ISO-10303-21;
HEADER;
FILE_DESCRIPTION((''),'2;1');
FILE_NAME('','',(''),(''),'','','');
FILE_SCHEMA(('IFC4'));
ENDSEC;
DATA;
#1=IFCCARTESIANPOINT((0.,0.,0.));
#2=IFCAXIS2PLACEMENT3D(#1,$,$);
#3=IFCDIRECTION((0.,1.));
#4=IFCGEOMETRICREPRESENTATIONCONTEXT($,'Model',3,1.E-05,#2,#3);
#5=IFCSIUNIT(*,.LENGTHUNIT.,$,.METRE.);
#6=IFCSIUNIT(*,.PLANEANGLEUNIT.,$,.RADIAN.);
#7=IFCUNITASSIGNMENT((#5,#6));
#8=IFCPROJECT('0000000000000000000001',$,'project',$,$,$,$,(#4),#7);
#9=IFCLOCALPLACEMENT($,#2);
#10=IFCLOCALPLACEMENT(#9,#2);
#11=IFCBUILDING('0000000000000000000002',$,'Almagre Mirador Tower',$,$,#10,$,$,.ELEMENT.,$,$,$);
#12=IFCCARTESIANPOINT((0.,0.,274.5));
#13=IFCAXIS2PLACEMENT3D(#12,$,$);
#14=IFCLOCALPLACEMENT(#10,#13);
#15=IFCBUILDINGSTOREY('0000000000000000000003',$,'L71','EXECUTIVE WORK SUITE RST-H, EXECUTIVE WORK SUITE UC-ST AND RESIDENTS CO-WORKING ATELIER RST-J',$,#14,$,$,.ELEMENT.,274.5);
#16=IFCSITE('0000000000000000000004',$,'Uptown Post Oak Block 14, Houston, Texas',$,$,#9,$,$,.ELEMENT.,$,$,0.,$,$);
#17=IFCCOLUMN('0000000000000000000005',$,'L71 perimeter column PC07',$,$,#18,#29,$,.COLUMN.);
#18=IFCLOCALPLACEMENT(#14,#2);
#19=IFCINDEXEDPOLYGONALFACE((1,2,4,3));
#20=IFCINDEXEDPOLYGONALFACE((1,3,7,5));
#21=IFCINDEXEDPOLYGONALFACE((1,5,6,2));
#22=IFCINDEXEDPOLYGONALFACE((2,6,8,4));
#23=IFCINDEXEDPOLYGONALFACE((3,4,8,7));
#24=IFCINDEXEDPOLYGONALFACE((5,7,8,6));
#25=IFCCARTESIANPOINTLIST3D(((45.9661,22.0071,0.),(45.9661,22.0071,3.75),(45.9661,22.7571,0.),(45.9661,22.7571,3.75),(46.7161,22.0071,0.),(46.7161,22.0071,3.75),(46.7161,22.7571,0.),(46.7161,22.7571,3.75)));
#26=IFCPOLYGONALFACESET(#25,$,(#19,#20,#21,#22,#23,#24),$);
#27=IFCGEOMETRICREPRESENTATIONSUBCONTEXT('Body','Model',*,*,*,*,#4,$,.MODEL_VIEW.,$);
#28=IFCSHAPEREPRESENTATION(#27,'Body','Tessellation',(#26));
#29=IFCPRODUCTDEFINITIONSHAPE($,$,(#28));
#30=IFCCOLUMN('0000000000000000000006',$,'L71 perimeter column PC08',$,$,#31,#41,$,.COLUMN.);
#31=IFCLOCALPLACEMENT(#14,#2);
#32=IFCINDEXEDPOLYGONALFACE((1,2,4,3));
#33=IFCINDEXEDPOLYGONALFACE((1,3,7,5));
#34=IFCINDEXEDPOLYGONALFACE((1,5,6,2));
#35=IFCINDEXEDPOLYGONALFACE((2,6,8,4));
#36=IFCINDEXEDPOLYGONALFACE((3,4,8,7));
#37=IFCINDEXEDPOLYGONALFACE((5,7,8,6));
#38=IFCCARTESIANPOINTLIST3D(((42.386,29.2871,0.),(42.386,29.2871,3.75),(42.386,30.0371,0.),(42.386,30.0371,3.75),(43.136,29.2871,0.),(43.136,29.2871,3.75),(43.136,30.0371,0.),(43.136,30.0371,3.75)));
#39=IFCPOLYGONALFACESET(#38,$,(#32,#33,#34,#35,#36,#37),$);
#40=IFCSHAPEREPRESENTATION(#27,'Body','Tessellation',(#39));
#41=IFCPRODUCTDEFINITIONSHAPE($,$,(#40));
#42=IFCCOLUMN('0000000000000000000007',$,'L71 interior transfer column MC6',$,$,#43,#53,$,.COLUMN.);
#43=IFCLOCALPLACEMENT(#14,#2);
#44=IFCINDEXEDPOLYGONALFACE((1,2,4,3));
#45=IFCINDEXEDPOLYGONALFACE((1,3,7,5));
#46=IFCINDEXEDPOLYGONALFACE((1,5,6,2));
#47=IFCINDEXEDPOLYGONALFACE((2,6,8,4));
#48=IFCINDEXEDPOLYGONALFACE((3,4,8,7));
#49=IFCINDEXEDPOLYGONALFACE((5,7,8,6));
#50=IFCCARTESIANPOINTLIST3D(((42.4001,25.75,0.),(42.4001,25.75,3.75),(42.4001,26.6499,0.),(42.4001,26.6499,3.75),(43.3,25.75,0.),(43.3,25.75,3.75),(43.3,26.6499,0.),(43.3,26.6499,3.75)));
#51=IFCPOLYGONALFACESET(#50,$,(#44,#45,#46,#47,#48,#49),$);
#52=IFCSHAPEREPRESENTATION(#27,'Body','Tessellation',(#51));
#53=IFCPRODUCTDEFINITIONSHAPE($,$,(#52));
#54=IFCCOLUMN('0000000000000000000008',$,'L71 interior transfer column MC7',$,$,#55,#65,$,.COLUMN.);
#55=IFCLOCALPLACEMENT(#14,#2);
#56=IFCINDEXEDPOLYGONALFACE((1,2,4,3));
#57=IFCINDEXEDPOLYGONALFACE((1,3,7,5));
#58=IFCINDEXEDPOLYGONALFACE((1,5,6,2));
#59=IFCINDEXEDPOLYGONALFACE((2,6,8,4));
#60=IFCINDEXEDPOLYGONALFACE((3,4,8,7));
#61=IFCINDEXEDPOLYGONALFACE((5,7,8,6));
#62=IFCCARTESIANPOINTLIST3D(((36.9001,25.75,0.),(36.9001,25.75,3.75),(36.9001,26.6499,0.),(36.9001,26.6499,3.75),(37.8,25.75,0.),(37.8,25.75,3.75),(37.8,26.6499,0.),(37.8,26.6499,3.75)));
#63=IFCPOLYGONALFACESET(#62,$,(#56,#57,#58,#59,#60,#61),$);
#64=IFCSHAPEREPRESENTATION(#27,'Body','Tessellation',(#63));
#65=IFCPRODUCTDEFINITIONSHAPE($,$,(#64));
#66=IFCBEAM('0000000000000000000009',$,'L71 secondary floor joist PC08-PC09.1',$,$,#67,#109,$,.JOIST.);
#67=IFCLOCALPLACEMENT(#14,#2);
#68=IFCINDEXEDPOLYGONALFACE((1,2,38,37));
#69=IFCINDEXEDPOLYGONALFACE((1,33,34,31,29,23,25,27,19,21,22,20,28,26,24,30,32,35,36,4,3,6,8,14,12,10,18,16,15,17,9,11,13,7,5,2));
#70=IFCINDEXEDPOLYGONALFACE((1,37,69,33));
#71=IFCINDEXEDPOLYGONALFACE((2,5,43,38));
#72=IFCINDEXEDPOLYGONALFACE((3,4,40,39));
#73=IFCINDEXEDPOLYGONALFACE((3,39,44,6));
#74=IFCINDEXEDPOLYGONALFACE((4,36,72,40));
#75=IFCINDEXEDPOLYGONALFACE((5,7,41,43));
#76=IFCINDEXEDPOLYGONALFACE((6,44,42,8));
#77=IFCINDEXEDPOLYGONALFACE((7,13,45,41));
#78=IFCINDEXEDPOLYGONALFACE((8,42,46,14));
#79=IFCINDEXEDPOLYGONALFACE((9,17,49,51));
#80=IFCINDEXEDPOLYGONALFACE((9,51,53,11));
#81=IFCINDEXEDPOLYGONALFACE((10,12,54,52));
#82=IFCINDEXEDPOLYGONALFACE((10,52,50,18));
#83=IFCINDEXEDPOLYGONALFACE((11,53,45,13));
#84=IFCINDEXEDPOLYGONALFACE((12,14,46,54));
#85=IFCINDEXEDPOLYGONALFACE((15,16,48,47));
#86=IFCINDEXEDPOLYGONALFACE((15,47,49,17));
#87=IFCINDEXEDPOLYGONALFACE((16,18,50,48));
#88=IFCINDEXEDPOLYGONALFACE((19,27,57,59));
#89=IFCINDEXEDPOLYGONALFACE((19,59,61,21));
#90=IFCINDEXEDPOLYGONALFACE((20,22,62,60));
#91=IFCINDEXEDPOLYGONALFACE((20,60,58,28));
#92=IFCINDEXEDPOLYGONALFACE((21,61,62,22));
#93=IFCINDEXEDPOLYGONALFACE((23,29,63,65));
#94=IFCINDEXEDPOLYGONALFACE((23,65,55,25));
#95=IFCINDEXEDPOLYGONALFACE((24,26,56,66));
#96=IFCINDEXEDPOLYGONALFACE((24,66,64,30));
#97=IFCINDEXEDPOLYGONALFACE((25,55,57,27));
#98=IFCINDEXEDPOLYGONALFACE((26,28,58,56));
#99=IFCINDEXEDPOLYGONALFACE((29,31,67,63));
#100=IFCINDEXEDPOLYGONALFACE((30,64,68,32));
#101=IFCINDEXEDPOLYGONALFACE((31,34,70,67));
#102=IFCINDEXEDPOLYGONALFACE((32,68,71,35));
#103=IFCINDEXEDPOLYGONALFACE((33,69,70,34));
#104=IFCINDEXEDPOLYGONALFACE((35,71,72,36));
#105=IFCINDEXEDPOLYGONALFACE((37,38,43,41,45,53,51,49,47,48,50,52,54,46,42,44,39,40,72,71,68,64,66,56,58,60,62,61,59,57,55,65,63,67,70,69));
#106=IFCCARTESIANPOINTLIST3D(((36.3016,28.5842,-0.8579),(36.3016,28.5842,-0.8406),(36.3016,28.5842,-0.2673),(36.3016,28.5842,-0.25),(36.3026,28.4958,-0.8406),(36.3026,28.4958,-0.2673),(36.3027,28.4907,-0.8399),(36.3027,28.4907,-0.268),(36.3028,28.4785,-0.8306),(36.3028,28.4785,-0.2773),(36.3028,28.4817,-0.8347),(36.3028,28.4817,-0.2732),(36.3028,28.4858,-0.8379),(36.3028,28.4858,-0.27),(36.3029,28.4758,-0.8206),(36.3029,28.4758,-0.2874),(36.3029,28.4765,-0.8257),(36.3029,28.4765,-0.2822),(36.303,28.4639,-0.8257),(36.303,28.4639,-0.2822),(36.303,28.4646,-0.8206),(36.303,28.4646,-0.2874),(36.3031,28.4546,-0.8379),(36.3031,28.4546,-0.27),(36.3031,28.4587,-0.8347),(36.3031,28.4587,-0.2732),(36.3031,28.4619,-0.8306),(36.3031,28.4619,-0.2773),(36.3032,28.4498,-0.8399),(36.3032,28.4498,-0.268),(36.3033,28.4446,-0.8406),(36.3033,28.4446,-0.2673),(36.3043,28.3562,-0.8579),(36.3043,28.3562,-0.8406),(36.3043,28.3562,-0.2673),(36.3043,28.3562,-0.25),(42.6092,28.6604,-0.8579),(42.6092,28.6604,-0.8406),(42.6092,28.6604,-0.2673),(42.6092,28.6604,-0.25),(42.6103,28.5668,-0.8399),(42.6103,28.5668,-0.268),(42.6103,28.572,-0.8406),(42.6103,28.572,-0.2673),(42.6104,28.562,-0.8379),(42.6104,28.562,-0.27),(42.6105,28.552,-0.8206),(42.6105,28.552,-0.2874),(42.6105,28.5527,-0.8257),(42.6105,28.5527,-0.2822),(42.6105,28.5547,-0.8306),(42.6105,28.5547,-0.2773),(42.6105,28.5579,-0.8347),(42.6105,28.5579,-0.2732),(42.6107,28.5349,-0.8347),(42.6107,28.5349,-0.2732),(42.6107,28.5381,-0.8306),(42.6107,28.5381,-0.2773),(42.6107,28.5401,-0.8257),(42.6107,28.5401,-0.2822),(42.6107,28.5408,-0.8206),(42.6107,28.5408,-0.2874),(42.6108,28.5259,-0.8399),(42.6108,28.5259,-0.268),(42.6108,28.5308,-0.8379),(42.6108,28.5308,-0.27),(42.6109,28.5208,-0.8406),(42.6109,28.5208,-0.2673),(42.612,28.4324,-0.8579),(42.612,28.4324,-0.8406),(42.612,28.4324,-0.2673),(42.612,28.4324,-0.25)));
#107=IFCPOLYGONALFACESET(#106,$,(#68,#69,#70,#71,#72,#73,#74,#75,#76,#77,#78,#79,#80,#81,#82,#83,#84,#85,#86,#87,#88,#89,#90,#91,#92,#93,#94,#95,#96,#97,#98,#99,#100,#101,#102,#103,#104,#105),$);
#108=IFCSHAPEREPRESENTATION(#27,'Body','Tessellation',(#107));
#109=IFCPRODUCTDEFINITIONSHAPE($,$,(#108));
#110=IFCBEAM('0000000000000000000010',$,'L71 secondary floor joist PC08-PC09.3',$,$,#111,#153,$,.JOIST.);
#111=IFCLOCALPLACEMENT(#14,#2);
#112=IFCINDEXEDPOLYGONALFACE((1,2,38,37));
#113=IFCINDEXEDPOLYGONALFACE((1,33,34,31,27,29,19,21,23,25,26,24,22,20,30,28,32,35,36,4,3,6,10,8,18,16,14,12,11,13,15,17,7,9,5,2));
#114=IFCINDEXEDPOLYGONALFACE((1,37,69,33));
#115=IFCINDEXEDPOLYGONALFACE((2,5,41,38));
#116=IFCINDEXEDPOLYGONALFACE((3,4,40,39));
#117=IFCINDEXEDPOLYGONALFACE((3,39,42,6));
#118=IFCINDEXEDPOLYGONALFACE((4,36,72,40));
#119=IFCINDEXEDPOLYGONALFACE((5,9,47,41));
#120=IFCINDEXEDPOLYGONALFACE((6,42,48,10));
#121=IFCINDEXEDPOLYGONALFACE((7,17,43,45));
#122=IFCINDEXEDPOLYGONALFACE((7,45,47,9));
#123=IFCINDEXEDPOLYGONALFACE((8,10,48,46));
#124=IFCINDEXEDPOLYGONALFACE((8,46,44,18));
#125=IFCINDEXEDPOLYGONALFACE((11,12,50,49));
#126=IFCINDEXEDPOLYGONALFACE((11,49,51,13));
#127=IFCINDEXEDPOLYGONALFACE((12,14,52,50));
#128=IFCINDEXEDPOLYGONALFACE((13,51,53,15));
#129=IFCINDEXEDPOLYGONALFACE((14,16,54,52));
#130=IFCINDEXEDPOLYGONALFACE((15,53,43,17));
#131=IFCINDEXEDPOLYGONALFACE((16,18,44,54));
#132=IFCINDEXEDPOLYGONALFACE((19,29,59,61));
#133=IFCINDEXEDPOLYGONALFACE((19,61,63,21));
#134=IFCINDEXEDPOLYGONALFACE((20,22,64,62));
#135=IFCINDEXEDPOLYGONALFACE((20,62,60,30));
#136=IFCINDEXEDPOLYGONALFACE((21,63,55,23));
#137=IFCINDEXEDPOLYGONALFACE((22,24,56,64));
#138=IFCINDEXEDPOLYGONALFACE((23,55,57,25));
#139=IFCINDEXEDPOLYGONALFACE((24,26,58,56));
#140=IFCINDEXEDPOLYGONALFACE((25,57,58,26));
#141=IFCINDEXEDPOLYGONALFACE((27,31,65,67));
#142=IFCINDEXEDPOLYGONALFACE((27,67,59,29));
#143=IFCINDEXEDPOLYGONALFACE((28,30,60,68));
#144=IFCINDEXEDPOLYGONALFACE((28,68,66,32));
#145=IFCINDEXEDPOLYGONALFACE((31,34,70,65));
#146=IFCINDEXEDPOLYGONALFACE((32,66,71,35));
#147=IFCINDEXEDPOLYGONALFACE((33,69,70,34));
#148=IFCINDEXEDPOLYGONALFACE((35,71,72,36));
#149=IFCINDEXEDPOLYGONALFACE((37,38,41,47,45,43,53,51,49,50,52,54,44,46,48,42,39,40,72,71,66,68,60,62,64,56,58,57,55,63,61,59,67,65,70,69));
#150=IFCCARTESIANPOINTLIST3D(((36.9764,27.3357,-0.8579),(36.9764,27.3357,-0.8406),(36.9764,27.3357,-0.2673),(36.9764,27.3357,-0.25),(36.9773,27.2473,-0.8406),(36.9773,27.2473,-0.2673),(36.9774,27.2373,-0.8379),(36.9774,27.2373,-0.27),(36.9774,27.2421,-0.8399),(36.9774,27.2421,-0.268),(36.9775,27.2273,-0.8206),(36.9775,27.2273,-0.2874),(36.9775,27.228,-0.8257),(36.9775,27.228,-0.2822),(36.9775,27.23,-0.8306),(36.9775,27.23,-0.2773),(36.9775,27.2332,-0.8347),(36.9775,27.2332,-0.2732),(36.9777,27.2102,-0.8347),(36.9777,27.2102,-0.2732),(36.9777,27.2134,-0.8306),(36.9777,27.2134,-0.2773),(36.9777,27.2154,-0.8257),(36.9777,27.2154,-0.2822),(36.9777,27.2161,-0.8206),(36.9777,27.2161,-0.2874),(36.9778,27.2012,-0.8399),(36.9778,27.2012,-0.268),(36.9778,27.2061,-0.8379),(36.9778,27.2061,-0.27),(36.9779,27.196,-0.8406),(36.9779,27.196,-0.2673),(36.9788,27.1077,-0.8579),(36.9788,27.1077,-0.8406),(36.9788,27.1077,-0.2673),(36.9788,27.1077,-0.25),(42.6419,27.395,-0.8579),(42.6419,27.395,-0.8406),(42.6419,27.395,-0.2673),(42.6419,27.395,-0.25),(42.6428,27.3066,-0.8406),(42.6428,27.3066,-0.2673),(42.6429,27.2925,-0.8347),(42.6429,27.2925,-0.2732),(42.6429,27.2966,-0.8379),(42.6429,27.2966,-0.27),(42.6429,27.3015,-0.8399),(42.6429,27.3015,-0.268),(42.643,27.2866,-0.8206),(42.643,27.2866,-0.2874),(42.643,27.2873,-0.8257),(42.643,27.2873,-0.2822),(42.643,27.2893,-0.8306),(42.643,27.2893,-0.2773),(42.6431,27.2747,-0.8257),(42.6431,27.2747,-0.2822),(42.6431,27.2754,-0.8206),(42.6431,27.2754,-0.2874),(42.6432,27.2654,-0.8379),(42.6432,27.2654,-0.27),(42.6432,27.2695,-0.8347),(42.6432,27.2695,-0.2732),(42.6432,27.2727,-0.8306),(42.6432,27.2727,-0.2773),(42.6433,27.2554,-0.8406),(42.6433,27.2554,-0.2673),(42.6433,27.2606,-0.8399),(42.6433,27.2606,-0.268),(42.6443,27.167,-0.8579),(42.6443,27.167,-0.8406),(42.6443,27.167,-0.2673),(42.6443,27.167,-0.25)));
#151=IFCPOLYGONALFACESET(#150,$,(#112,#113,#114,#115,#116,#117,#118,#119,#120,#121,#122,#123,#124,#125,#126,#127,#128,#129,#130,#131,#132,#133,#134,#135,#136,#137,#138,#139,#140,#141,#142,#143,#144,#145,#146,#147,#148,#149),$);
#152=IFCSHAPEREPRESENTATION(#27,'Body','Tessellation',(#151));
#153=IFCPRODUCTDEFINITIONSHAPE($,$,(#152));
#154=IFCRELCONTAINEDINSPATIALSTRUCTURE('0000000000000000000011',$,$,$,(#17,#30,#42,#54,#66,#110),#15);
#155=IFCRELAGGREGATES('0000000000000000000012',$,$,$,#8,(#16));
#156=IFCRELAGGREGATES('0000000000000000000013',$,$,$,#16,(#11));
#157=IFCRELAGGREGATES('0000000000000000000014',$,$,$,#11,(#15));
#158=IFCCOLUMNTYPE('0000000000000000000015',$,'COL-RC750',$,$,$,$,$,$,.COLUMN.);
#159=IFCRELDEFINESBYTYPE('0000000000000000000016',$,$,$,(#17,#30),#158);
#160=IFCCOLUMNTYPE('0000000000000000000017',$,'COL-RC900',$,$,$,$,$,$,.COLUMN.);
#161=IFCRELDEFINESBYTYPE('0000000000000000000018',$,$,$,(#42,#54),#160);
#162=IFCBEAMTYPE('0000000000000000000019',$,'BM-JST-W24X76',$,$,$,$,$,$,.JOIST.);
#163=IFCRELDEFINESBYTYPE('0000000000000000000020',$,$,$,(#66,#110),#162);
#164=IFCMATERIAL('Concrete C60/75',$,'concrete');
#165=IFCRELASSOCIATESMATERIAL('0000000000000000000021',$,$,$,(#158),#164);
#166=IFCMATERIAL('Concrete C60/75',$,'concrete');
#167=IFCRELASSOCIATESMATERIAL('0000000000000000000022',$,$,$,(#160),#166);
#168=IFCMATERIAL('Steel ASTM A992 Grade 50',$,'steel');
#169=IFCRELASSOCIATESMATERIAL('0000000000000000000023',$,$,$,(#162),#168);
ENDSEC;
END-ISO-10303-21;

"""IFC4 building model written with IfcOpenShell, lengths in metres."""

from ifc_helpers import new_model, si_unit, direction, frame, origin, origin_2d, place, context, subcontext, project, spatial, rectangle, i_section, extrude, material, material_profile, profile_set, type_object, element, save


model = new_model("IFC4")

# Units and contexts
model_context = context("Model", 3, precision=1e-05, world=origin(), true_north=direction((0.0, 1.0)))
body_context = subcontext(model_context, "Body", "Model", "MODEL_VIEW")
ifc_project = project(units=[si_unit("LENGTHUNIT", "METRE"), si_unit("PLANEANGLEUNIT", "RADIAN")], contexts=[model_context])

# Site, building, storey
site_placement = place(None, origin())
site = spatial("IfcSite", under=ifc_project, at=site_placement, Name="Uptown Post Oak Block 14, Houston, Texas", CompositionType="ELEMENT", RefElevation=0.0)
building_placement = place(site_placement, origin())
building = spatial("IfcBuilding", under=site, at=building_placement, Name="Almagre Mirador Tower", CompositionType="ELEMENT")
storey_placement = place(building_placement, frame((0.0, 0.0, 274.5)))
storey = spatial("IfcBuildingStorey", under=building, at=storey_placement, Name="L71", Description="EXECUTIVE WORK SUITE RST-H, EXECUTIVE WORK SUITE UC-ST AND RESIDENTS CO-WORKING ATELIER RST-J", CompositionType="ELEMENT", Elevation=274.5)

# Columns
ifc_material_1 = material(Name="Concrete C60/75", Category="concrete")
ifc_material_profile_1 = material_profile(ifc_material_1, rectangle(XDim=0.75, YDim=0.75, at=origin_2d()), Name="RC750X750")
ifc_profile_set_1 = profile_set([ifc_material_profile_1], Name="Concrete C60/75")
column_type_1 = type_object("IfcColumnType", Name="COL-RC750", PredefinedType="COLUMN", material=ifc_profile_set_1)
for number, where, z_axis, x_axis, name in (
    (1, (46.3411, 22.3821, 0.0), (0.0, 0.0, 1.0), (1.0, 0.0, 0.0), "L71 perimeter column PC07"),
    (2, (42.761, 29.6621, 0.0), (0.0, 0.0, 1.0), (1.0, 0.0, 0.0), "L71 perimeter column PC08"),
):
    element("IfcColumn", number, at=place(storey_placement, frame(where, z_axis=z_axis, x_axis=x_axis)), inside=storey, type_object=column_type_1, Name=name, PredefinedType="COLUMN", context=body_context, shape_type="SweptSolid", body=[
        extrude(rectangle(XDim=0.75, YDim=0.75, at=origin_2d()), origin(), (0.0, 0.0, 1.0), 3.75),
    ])
ifc_material_2 = material(Name="Concrete C60/75", Category="concrete")
ifc_material_profile_2 = material_profile(ifc_material_2, rectangle(XDim=0.8999, YDim=0.8999, at=origin_2d()), Name="RC900X900")
ifc_profile_set_2 = profile_set([ifc_material_profile_2], Name="Concrete C60/75")
column_type_2 = type_object("IfcColumnType", Name="COL-RC900", PredefinedType="COLUMN", material=ifc_profile_set_2)
for number, where, z_axis, x_axis, name in (
    (3, (42.8501, 26.2, 0.0), (0.0, 0.0, 1.0), (1.0, 0.0, 0.0), "L71 interior transfer column MC6"),
    (4, (37.3501, 26.2, 0.0), (0.0, 0.0, 1.0), (1.0, 0.0, 0.0), "L71 interior transfer column MC7"),
):
    element("IfcColumn", number, at=place(storey_placement, frame(where, z_axis=z_axis, x_axis=x_axis)), inside=storey, type_object=column_type_2, Name=name, PredefinedType="COLUMN", context=body_context, shape_type="SweptSolid", body=[
        extrude(rectangle(XDim=0.8999, YDim=0.8999, at=origin_2d()), origin(), (0.0, 0.0, 1.0), 3.75),
    ])

# Beams
ifc_material_3 = material(Name="Steel ASTM A992 Grade 50", Category="steel")
ifc_material_profile_3 = material_profile(ifc_material_3, i_section(OverallWidth=0.228, OverallDepth=0.6079, WebThickness=0.0112, FlangeThickness=0.0173, FilletRadius=0.02, at=origin_2d()), Name="W24X76")
ifc_profile_set_3 = profile_set([ifc_material_profile_3], Name="Steel ASTM A992 Grade 50")
beam_type_1 = type_object("IfcBeamType", Name="BM-JST-W24X76", PredefinedType="JOIST", material=ifc_profile_set_3)
beam_1_placement = place(storey_placement, frame((42.6106, 28.5464, -0.554), z_axis=(-0.999927, -0.012075, 0.0), x_axis=(0.012075, -0.999927, 0.0)))
element("IfcBeam", 5, at=beam_1_placement, inside=storey, type_object=beam_type_1, Name="L71 secondary floor joist PC08-PC09.1", PredefinedType="JOIST", context=body_context, shape_type="SweptSolid", body=[
    extrude(i_section(OverallWidth=0.228, OverallDepth=0.6079, WebThickness=0.0112, FlangeThickness=0.0173, FilletRadius=0.02, at=origin_2d()), origin(), (0.0, 0.0, 1.0), 6.3081),
])
beam_2_placement = place(storey_placement, frame((42.6431, 27.281, -0.554), z_axis=(-0.999945, -0.010471, 0.0), x_axis=(0.010471, -0.999945, 0.0)))
element("IfcBeam", 6, at=beam_2_placement, inside=storey, type_object=beam_type_1, Name="L71 secondary floor joist PC08-PC09.3", PredefinedType="JOIST", context=body_context, shape_type="SweptSolid", body=[
    extrude(i_section(OverallWidth=0.228, OverallDepth=0.6079, WebThickness=0.0112, FlangeThickness=0.0173, FilletRadius=0.02, at=origin_2d()), origin(), (0.0, 0.0, 1.0), 5.6658),
])

save(model, "model.ifc")
